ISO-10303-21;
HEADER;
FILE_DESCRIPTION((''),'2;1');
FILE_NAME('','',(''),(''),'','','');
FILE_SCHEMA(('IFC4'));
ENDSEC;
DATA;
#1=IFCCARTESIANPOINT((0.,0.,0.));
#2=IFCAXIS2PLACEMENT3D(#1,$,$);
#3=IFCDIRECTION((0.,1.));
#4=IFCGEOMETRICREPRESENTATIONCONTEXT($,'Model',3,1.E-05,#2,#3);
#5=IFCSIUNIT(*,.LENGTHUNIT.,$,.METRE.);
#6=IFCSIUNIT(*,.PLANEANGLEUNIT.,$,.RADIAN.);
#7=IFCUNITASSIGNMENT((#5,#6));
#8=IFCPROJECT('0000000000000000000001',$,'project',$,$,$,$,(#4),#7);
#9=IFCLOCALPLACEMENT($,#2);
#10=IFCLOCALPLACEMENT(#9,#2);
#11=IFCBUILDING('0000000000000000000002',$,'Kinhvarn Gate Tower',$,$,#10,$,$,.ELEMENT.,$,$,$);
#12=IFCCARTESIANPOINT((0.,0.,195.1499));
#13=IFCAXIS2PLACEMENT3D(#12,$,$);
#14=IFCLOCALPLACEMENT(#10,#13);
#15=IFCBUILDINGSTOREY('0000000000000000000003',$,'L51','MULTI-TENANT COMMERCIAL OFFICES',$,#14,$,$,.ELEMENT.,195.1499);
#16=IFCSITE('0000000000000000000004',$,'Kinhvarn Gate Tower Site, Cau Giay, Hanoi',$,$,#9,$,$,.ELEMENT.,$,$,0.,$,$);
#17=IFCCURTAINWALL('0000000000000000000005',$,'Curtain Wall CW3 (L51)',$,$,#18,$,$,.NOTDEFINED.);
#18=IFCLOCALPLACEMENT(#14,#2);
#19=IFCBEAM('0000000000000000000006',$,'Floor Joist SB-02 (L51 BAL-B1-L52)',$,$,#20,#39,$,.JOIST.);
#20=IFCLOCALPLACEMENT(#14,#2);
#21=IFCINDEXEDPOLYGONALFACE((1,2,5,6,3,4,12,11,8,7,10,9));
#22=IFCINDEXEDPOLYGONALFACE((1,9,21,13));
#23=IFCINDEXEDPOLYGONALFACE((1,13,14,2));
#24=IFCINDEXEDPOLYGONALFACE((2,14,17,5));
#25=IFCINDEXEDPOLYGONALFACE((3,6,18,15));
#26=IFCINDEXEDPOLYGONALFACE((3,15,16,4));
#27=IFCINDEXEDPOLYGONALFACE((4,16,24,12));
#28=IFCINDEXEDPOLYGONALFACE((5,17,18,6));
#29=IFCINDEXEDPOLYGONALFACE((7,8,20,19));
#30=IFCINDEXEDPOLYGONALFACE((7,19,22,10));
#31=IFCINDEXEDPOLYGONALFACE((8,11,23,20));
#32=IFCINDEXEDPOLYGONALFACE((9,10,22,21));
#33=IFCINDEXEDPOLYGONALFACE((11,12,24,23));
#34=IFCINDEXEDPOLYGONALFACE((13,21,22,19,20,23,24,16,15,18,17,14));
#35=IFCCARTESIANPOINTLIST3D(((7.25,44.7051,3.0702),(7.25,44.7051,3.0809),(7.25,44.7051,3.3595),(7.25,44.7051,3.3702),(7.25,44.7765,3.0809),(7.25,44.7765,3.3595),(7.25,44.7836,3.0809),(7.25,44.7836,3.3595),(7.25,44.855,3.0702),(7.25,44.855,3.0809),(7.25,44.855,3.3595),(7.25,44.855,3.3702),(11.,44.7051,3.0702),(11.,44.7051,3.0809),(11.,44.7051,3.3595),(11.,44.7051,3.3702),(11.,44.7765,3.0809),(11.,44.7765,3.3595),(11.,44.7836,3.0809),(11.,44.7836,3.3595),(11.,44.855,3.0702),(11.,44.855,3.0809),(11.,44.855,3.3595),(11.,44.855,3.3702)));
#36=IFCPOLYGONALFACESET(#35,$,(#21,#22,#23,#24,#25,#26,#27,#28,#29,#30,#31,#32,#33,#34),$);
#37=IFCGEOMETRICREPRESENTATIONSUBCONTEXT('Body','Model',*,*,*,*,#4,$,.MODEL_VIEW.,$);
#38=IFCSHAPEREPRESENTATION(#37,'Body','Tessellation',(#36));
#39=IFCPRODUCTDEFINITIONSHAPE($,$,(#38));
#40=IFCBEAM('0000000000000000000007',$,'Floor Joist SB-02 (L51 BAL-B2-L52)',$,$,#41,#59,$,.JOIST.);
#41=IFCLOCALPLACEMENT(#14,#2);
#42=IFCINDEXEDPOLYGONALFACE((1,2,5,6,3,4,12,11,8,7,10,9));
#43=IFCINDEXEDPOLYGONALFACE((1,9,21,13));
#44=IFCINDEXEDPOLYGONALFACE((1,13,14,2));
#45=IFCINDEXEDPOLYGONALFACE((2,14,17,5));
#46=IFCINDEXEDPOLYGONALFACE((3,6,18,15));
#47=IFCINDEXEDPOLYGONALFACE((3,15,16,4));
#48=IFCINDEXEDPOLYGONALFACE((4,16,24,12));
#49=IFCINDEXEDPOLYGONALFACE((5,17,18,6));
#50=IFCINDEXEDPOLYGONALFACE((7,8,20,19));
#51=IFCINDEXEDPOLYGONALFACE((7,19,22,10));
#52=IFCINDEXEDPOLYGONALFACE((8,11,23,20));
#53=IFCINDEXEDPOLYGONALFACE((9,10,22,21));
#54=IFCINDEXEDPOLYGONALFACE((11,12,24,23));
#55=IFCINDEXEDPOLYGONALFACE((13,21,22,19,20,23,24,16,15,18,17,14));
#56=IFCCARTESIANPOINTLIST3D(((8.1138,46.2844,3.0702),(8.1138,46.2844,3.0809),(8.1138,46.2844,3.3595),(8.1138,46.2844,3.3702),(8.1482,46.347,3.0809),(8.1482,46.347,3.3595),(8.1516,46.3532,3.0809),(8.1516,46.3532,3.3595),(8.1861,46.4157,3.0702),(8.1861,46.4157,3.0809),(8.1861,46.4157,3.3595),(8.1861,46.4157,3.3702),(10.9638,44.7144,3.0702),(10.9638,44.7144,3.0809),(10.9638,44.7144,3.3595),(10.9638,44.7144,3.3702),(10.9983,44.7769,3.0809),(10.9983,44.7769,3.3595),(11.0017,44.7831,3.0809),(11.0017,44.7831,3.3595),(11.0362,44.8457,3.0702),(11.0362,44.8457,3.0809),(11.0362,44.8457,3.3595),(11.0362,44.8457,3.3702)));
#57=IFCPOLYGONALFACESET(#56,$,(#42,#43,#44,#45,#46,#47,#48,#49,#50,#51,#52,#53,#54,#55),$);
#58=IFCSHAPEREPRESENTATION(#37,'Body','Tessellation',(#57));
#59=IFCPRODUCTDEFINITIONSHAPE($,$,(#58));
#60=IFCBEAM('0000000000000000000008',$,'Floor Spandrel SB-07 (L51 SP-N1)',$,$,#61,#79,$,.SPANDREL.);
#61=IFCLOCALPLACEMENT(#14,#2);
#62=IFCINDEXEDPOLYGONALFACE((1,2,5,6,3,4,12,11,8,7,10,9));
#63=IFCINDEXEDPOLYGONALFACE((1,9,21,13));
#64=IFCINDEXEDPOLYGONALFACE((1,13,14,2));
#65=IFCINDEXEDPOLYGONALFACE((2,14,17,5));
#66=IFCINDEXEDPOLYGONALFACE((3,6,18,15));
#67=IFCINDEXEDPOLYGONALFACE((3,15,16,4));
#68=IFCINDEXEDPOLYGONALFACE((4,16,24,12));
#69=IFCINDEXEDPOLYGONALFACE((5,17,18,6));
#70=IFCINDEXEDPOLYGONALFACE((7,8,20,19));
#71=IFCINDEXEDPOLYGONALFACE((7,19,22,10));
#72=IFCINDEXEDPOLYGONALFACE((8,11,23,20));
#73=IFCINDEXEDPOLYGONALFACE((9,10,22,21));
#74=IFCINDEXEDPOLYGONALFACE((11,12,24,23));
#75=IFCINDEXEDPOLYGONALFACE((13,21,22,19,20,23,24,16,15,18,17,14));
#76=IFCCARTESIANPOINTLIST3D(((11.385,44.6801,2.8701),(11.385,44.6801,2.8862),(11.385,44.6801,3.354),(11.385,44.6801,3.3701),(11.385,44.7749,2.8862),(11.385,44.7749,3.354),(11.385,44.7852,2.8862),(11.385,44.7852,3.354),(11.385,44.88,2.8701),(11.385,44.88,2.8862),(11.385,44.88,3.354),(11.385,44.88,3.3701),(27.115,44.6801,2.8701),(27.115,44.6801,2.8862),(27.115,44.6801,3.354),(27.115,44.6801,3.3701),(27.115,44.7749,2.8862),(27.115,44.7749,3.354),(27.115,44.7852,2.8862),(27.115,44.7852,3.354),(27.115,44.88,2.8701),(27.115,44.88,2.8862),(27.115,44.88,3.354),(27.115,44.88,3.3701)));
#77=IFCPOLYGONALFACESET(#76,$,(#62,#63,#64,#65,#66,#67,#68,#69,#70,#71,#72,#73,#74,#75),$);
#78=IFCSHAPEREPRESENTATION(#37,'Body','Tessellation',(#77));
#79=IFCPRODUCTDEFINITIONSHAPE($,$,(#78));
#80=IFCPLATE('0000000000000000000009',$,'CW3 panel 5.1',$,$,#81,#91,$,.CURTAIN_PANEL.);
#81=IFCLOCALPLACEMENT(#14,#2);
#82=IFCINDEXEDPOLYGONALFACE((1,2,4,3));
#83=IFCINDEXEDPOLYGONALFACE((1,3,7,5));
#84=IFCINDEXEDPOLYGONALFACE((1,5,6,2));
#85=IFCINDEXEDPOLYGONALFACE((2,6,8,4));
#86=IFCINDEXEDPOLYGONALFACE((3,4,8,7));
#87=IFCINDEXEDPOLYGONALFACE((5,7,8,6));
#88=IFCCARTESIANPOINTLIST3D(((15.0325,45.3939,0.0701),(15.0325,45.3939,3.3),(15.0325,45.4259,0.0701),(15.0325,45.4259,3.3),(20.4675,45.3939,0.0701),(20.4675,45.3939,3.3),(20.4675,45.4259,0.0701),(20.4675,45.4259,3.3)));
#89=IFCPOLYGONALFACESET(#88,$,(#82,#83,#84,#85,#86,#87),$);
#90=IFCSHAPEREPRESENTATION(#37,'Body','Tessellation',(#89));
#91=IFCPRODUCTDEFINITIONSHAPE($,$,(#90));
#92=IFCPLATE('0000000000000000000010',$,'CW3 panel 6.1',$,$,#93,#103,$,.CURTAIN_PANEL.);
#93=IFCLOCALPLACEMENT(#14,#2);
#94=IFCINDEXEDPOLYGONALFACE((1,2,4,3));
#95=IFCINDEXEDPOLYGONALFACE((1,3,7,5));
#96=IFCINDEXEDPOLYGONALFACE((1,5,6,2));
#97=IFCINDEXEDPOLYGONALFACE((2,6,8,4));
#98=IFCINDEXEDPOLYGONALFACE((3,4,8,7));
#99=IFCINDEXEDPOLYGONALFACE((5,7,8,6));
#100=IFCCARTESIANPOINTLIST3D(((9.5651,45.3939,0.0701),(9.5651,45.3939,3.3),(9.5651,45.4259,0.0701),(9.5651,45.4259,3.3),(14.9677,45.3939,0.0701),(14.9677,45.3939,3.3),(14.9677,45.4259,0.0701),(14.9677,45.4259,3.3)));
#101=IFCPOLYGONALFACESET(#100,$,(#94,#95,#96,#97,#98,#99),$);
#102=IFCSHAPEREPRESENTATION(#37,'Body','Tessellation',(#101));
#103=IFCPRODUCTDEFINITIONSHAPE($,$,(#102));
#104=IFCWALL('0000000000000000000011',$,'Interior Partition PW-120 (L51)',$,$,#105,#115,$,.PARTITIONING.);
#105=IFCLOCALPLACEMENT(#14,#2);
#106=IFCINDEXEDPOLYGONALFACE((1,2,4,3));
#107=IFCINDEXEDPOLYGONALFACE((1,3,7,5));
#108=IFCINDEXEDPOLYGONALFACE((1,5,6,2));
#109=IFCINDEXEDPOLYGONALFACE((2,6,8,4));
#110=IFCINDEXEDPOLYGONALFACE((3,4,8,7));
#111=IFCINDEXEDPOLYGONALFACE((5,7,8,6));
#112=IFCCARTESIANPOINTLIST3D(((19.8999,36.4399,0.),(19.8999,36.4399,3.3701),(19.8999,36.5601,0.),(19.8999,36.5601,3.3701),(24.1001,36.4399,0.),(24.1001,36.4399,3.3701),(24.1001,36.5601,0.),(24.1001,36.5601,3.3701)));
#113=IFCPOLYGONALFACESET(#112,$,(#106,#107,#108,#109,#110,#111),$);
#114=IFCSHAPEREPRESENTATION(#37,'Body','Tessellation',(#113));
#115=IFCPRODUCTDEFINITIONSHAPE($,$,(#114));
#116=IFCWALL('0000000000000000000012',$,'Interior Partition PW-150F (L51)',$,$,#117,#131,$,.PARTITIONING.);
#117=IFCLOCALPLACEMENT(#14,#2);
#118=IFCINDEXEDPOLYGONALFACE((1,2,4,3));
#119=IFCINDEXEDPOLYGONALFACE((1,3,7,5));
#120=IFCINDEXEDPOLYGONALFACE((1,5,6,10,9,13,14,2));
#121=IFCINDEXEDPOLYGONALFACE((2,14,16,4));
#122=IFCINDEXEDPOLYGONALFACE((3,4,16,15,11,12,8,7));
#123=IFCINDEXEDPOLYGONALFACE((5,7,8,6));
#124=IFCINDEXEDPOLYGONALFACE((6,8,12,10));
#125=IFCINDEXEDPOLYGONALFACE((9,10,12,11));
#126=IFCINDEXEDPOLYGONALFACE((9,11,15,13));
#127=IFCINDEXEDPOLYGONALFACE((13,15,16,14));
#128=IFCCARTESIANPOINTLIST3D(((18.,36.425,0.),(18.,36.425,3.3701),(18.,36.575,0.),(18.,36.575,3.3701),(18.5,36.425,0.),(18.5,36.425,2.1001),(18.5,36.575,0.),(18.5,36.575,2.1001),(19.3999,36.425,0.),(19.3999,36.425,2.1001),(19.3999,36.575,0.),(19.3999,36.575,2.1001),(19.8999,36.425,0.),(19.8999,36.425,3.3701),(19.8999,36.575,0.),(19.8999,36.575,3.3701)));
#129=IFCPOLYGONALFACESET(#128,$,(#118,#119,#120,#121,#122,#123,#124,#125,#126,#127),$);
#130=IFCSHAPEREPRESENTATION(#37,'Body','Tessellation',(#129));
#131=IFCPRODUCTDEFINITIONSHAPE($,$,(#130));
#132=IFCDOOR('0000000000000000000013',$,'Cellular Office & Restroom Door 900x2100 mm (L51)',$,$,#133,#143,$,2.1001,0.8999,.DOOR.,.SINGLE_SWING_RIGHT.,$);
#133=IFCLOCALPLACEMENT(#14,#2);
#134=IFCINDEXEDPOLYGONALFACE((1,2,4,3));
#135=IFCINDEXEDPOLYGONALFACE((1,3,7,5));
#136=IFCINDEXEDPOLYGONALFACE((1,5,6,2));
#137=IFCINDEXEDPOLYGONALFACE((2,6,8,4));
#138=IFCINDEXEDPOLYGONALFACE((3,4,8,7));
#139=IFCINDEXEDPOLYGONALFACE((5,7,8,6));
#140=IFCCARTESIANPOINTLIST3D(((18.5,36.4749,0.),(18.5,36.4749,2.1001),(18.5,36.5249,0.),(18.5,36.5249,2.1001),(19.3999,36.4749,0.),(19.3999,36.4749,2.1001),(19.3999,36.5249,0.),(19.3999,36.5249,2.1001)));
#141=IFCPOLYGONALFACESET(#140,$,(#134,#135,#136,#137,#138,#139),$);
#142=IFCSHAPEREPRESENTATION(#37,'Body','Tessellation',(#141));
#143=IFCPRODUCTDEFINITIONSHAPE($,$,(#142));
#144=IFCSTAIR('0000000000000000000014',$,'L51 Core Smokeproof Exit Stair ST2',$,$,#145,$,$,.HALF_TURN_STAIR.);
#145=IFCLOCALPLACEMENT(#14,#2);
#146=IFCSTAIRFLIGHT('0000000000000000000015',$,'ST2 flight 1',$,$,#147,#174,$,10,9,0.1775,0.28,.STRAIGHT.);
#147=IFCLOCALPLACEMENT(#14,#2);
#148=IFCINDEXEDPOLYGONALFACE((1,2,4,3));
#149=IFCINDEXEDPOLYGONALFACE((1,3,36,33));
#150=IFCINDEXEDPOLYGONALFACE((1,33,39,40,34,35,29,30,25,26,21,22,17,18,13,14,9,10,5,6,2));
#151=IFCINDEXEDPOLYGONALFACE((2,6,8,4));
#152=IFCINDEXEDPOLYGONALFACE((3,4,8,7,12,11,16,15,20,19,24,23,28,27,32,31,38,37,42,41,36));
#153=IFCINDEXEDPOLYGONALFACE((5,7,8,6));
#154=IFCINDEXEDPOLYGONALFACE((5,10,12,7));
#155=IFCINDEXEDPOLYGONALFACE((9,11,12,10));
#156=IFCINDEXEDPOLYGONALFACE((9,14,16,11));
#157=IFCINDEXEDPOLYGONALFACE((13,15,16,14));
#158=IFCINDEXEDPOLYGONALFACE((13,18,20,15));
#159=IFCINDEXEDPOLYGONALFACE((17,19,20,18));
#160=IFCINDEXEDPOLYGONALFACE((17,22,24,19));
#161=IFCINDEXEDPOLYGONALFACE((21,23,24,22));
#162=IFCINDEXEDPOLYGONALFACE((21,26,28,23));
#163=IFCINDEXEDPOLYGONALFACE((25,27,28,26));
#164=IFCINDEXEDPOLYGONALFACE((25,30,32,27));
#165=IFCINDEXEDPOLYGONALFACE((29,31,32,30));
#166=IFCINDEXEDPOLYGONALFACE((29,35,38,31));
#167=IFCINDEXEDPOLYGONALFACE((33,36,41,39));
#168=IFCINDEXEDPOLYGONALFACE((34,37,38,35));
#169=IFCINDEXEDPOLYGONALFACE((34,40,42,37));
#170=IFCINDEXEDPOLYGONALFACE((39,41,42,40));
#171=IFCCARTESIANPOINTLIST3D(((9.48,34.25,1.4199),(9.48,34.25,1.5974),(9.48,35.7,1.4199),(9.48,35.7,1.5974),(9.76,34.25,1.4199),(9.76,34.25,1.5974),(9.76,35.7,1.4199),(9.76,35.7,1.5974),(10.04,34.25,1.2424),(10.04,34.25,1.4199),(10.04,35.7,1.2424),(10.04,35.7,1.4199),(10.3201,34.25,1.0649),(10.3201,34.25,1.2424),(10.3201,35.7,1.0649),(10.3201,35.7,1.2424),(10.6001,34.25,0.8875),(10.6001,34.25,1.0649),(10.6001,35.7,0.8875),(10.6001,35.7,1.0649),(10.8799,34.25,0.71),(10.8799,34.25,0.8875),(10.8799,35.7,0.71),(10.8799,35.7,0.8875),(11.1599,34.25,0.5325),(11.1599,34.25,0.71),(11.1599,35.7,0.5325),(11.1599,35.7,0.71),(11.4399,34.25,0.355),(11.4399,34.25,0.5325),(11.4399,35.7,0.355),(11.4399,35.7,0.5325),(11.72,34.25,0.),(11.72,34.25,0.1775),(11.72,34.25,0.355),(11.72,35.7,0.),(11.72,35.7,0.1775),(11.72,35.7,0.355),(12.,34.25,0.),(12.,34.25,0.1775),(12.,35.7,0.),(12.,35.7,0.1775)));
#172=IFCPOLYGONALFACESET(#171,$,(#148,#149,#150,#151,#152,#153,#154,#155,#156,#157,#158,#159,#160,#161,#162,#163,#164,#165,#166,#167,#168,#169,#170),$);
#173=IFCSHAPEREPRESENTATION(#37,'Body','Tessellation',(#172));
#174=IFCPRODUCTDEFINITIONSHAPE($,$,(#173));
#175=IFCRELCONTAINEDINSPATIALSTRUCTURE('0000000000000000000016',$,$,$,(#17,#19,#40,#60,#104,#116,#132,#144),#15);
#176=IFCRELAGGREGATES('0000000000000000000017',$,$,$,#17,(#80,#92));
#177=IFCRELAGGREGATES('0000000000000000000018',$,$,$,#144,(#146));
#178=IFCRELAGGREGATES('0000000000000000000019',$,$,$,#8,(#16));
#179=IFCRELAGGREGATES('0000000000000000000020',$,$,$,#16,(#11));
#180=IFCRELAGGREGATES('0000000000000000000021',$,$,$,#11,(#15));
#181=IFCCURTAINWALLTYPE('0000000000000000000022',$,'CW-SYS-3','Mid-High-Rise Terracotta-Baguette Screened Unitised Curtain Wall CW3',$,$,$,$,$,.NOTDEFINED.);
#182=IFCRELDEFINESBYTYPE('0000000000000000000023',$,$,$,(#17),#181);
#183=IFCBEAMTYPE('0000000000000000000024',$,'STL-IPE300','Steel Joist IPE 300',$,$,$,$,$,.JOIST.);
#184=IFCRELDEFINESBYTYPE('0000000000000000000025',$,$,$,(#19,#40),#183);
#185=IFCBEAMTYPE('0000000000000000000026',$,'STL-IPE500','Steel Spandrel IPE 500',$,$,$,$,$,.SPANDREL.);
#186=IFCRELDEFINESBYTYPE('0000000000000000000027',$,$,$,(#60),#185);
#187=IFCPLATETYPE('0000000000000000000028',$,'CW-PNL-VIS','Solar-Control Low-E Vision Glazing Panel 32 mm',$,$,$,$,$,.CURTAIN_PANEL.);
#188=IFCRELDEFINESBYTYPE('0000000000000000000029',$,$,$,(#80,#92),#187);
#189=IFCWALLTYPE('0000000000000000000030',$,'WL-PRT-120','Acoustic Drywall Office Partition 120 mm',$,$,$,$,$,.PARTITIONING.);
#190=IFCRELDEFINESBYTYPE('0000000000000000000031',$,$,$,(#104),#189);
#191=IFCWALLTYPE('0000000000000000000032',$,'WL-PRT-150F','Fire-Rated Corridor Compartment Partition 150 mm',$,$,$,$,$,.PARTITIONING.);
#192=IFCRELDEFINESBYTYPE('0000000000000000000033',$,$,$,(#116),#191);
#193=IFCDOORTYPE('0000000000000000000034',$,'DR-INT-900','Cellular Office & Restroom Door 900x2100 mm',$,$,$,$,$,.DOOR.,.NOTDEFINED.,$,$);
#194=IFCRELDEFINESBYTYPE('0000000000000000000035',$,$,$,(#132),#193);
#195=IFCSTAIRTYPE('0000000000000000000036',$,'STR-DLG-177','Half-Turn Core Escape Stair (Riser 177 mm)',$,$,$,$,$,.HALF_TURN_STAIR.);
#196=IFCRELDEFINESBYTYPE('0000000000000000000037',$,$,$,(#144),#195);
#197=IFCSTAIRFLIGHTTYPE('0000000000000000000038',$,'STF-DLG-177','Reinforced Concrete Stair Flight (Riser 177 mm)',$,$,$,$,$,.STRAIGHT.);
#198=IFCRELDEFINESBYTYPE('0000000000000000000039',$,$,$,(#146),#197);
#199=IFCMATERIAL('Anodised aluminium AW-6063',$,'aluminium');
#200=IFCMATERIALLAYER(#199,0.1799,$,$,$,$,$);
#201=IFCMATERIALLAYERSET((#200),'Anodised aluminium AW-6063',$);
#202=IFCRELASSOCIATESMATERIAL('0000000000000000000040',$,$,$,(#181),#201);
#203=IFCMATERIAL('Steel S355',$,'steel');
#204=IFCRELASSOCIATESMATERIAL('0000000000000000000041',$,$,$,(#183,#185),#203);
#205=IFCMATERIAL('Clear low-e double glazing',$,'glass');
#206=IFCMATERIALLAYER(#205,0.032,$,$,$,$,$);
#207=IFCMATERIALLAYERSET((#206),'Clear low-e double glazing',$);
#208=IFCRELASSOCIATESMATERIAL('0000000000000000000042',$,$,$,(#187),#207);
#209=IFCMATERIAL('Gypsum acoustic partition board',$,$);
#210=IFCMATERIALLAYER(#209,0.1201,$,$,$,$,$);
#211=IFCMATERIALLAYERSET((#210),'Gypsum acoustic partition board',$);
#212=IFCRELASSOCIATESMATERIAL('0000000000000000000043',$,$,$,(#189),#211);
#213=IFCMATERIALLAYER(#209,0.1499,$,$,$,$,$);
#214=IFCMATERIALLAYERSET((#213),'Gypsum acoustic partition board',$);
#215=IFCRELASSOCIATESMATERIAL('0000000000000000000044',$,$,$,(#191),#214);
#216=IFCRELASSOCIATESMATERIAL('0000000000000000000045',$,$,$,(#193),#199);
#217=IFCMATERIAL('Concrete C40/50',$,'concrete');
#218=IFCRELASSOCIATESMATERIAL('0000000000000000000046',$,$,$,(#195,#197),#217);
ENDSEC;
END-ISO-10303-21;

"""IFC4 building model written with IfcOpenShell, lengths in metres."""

from ifc_helpers import new_model, si_unit, direction, frame, frame_2d, origin, origin_2d, place, context, subcontext, project, spatial, polyline, rectangle, i_section, outline, extrude, material, layer, layer_set, material_profile, profile_set, type_object, element, fill, aggregate, save


model = new_model("IFC4")

# Units and contexts
model_context = context("Model", 3, precision=1e-05, world=origin(), true_north=direction((0.0, 1.0)))
body_context = subcontext(model_context, "Body", "Model", "MODEL_VIEW")
ifc_project = project(units=[si_unit("LENGTHUNIT", "METRE"), si_unit("PLANEANGLEUNIT", "RADIAN")], contexts=[model_context])

# Site, building, storey
site_placement = place(None, origin())
site = spatial("IfcSite", under=ifc_project, at=site_placement, Name="Kinhvarn Gate Tower Site, Cau Giay, Hanoi", CompositionType="ELEMENT", RefElevation=0.0)
building_placement = place(site_placement, origin())
building = spatial("IfcBuilding", under=site, at=building_placement, Name="Kinhvarn Gate Tower", CompositionType="ELEMENT")
storey_placement = place(building_placement, frame((0.0, 0.0, 195.1499)))
storey = spatial("IfcBuildingStorey", under=building, at=storey_placement, Name="L51", Description="MULTI-TENANT COMMERCIAL OFFICES", CompositionType="ELEMENT", Elevation=195.1499)

# Curtain wall
ifc_material_1 = material(Name="Anodised aluminium AW-6063", Category="aluminium")
ifc_layer_1 = layer(ifc_material_1, 0.1799)
ifc_layer_set_1 = layer_set([ifc_layer_1], Name="Anodised aluminium AW-6063")
curtain_wall_type = type_object("IfcCurtainWallType", Name="CW-SYS-3", Description="Mid-High-Rise Terracotta-Baguette Screened Unitised Curtain Wall CW3", PredefinedType="NOTDEFINED", material=ifc_layer_set_1)
curtain_wall_placement = place(storey_placement, origin())
curtain_wall = element("IfcCurtainWall", 1, at=curtain_wall_placement, inside=storey, type_object=curtain_wall_type, Name="Curtain Wall CW3 (L51)", PredefinedType="NOTDEFINED")

# Beams
ifc_material_2 = material(Name="Steel S355", Category="steel")
ifc_material_profile_1 = material_profile(ifc_material_2, i_section(OverallWidth=0.1499, OverallDepth=0.3, WebThickness=0.0071, FlangeThickness=0.0107, at=origin_2d()), Name="IPE 300")
ifc_profile_set_1 = profile_set([ifc_material_profile_1], Name="Steel S355")
beam_type_1 = type_object("IfcBeamType", Name="STL-IPE300", Description="Steel Joist IPE 300", PredefinedType="JOIST", material=ifc_profile_set_1)
beam_1_placement = place(storey_placement, frame((11.0, 44.78, 3.2202), z_axis=(-1.0, 0.0, 0.0), x_axis=(0.0, -1.0, 0.0)))
element("IfcBeam", 2, at=beam_1_placement, inside=storey, type_object=beam_type_1, Name="Floor Joist SB-02 (L51 BAL-B1-L52)", PredefinedType="JOIST", context=body_context, shape_type="SweptSolid", body=[
    extrude(i_section(OverallWidth=0.1499, OverallDepth=0.3, WebThickness=0.0071, FlangeThickness=0.0107, at=origin_2d()), origin(), (0.0, 0.0, 1.0), 3.75),
])
beam_2_placement = place(storey_placement, frame((11.0, 44.78, 3.2202), z_axis=(-0.875889, 0.482512, 0.0), x_axis=(-0.482512, -0.875889, 0.0)))
element("IfcBeam", 3, at=beam_2_placement, inside=storey, type_object=beam_type_1, Name="Floor Joist SB-02 (L51 BAL-B2-L52)", PredefinedType="JOIST", context=body_context, shape_type="SweptSolid", body=[
    extrude(i_section(OverallWidth=0.1499, OverallDepth=0.3, WebThickness=0.0071, FlangeThickness=0.0107, at=origin_2d()), origin(), (0.0, 0.0, 1.0), 3.2539),
])
ifc_material_profile_2 = material_profile(ifc_material_2, i_section(OverallWidth=0.2, OverallDepth=0.5, WebThickness=0.0103, FlangeThickness=0.0161, at=origin_2d()), Name="IPE 500")
ifc_profile_set_2 = profile_set([ifc_material_profile_2], Name="Steel S355")
beam_type_2 = type_object("IfcBeamType", Name="STL-IPE500", Description="Steel Spandrel IPE 500", PredefinedType="SPANDREL", material=ifc_profile_set_2)
beam_3_placement = place(storey_placement, frame((11.385, 44.78, 3.1201), z_axis=(1.0, 0.0, 0.0), x_axis=(0.0, 1.0, 0.0)))
element("IfcBeam", 4, at=beam_3_placement, inside=storey, type_object=beam_type_2, Name="Floor Spandrel SB-07 (L51 SP-N1)", PredefinedType="SPANDREL", context=body_context, shape_type="SweptSolid", body=[
    extrude(i_section(OverallWidth=0.2, OverallDepth=0.5, WebThickness=0.0103, FlangeThickness=0.0161, at=origin_2d()), origin(), (0.0, 0.0, 1.0), 15.73),
])

# Plates
ifc_material_3 = material(Name="Clear low-e double glazing", Category="glass")
ifc_layer_2 = layer(ifc_material_3, 0.032)
ifc_layer_set_2 = layer_set([ifc_layer_2], Name="Clear low-e double glazing")
plate_type = type_object("IfcPlateType", Name="CW-PNL-VIS", Description="Solar-Control Low-E Vision Glazing Panel 32 mm", PredefinedType="CURTAIN_PANEL", material=ifc_layer_set_2)
plate_1_placement = place(storey_placement, frame((17.75, 45.4099, 0.0701), z_axis=(0.0, 0.0, 1.0), x_axis=(-1.0, 0.0, 0.0)))
plate_1 = element("IfcPlate", 5, at=plate_1_placement, type_object=plate_type, Name="CW3 panel 5.1", PredefinedType="CURTAIN_PANEL", context=body_context, shape_type="SweptSolid", body=[
    extrude(rectangle(XDim=5.4351, YDim=0.032, at=origin_2d()), origin(), (0.0, 0.0, 1.0), 3.23),
])
plate_2_placement = place(storey_placement, frame((12.2664, 45.4099, 0.0701), z_axis=(0.0, 0.0, 1.0), x_axis=(-1.0, 0.0, 0.0)))
plate_2 = element("IfcPlate", 6, at=plate_2_placement, type_object=plate_type, Name="CW3 panel 6.1", PredefinedType="CURTAIN_PANEL", context=body_context, shape_type="SweptSolid", body=[
    extrude(rectangle(XDim=5.4026, YDim=0.032, at=origin_2d()), origin(), (0.0, 0.0, 1.0), 3.23),
])
aggregate(curtain_wall, [plate_1, plate_2])

# Wall
ifc_material_4 = material(Name="Gypsum acoustic partition board")
ifc_layer_3 = layer(ifc_material_4, 0.1201)
ifc_layer_set_3 = layer_set([ifc_layer_3], Name="Gypsum acoustic partition board")
wall_type_1 = type_object("IfcWallType", Name="WL-PRT-120", Description="Acoustic Drywall Office Partition 120 mm", PredefinedType="PARTITIONING", material=ifc_layer_set_3)
wall_1_placement = place(storey_placement, frame((19.8999, 36.5, 0.0), z_axis=(0.0, 0.0, 1.0), x_axis=(1.0, 0.0, 0.0)))
element("IfcWall", 7, at=wall_1_placement, inside=storey, type_object=wall_type_1, Name="Interior Partition PW-120 (L51)", PredefinedType="PARTITIONING", context=body_context, shape_type="SweptSolid", body=[
    extrude(rectangle(XDim=4.2002, YDim=0.1201, at=frame_2d((2.1001, 0.0))), origin(), (0.0, 0.0, 1.0), 3.3701),
])

# Wall, opening, door
ifc_layer_4 = layer(ifc_material_4, 0.1499)
ifc_layer_set_4 = layer_set([ifc_layer_4], Name="Gypsum acoustic partition board")
wall_type_2 = type_object("IfcWallType", Name="WL-PRT-150F", Description="Fire-Rated Corridor Compartment Partition 150 mm", PredefinedType="PARTITIONING", material=ifc_layer_set_4)
wall_2_placement = place(storey_placement, frame((18.0, 36.5, 0.0), z_axis=(0.0, 0.0, 1.0), x_axis=(1.0, 0.0, 0.0)))
wall_2 = element("IfcWall", 8, at=wall_2_placement, inside=storey, type_object=wall_type_2, Name="Interior Partition PW-150F (L51)", PredefinedType="PARTITIONING", context=body_context, shape_type="SweptSolid", body=[
    extrude(rectangle(XDim=1.8999, YDim=0.1499, at=frame_2d((0.95, 0.0))), origin(), (0.0, 0.0, 1.0), 3.3701),
])
opening_placement = place(wall_2_placement, frame((0.5, 0.0, 0.0)))
opening = element("IfcOpeningElement", 9, at=opening_placement, cuts=wall_2, PredefinedType="OPENING", context=body_context, shape_type="SweptSolid", body=[
    extrude(rectangle(XDim=0.8999, YDim=2.1001, at=frame_2d((0.45, 1.05))), frame((0.0, 0.085, 0.0), z_axis=(0.0, -1.0, 0.0), x_axis=(1.0, 0.0, 0.0)), (0.0, 0.0, 1.0), 0.1699),
])
door_type = type_object("IfcDoorType", Name="DR-INT-900", Description="Cellular Office & Restroom Door 900x2100 mm", OperationType="NOTDEFINED", PredefinedType="DOOR", material=ifc_material_1)
door_placement = place(opening_placement, origin())
door = element("IfcDoor", 10, at=door_placement, inside=storey, type_object=door_type, Name="Cellular Office & Restroom Door 900x2100 mm (L51)", OperationType="SINGLE_SWING_RIGHT", OverallHeight=2.1001, OverallWidth=0.8999, PredefinedType="DOOR", context=body_context, shape_type="SweptSolid", body=[
    extrude(rectangle(XDim=0.8999, YDim=2.1001, at=frame_2d((0.45, 1.05))), frame((0.0, 0.0249, 0.0), z_axis=(0.0, -1.0, 0.0), x_axis=(1.0, 0.0, 0.0)), (0.0, 0.0, 1.0), 0.05),
])
fill(opening, door)

# Stair, stair flight
ifc_material_5 = material(Name="Concrete C40/50", Category="concrete")
stair_type = type_object("IfcStairType", Name="STR-DLG-177", Description="Half-Turn Core Escape Stair (Riser 177 mm)", PredefinedType="HALF_TURN_STAIR", material=ifc_material_5)
stair_placement = place(storey_placement, origin())
stair = element("IfcStair", 11, at=stair_placement, inside=storey, type_object=stair_type, Name="L51 Core Smokeproof Exit Stair ST2", PredefinedType="HALF_TURN_STAIR")
stair_flight_type = type_object("IfcStairFlightType", Name="STF-DLG-177", Description="Reinforced Concrete Stair Flight (Riser 177 mm)", PredefinedType="STRAIGHT", material=ifc_material_5)
stair_flight_placement = place(storey_placement, frame((12.0, 34.9751, 0.0), z_axis=(0.0, 0.0, 1.0), x_axis=(-1.0, 0.0, 0.0)))
stair_flight = element("IfcStairFlight", 12, at=stair_flight_placement, type_object=stair_flight_type, Name="ST2 flight 1", NumberOfRisers=10, NumberOfTreads=9, PredefinedType="STRAIGHT", RiserHeight=0.1775, TreadLength=0.28, context=body_context, shape_type="SweptSolid", body=[
    extrude(outline(polyline([(0.0, 0.0), (0.0, 0.1775), (0.28, 0.1775), (0.28, 0.355), (0.5601, 0.355), (0.5601, 0.5325), (0.8401, 0.5325), (0.8401, 0.71), (1.1201, 0.71), (1.1201, 0.8875), (1.3999, 0.8875), (1.3999, 1.0649), (1.6799, 1.0649), (1.6799, 1.2424), (1.96, 1.2424), (1.96, 1.4199), (2.24, 1.4199), (2.24, 1.5974), (2.52, 1.5974), (2.52, 1.7749), (2.52, 1.4199), (0.28, 0.0), (0.0, 0.0)])), frame((0.0, 0.7251, 0.0), z_axis=(0.0, -1.0, 0.0), x_axis=(1.0, 0.0, 0.0)), (0.0, 0.0, 1.0), 1.45),
])
aggregate(stair, [stair_flight])

save(model, "model.ifc")
